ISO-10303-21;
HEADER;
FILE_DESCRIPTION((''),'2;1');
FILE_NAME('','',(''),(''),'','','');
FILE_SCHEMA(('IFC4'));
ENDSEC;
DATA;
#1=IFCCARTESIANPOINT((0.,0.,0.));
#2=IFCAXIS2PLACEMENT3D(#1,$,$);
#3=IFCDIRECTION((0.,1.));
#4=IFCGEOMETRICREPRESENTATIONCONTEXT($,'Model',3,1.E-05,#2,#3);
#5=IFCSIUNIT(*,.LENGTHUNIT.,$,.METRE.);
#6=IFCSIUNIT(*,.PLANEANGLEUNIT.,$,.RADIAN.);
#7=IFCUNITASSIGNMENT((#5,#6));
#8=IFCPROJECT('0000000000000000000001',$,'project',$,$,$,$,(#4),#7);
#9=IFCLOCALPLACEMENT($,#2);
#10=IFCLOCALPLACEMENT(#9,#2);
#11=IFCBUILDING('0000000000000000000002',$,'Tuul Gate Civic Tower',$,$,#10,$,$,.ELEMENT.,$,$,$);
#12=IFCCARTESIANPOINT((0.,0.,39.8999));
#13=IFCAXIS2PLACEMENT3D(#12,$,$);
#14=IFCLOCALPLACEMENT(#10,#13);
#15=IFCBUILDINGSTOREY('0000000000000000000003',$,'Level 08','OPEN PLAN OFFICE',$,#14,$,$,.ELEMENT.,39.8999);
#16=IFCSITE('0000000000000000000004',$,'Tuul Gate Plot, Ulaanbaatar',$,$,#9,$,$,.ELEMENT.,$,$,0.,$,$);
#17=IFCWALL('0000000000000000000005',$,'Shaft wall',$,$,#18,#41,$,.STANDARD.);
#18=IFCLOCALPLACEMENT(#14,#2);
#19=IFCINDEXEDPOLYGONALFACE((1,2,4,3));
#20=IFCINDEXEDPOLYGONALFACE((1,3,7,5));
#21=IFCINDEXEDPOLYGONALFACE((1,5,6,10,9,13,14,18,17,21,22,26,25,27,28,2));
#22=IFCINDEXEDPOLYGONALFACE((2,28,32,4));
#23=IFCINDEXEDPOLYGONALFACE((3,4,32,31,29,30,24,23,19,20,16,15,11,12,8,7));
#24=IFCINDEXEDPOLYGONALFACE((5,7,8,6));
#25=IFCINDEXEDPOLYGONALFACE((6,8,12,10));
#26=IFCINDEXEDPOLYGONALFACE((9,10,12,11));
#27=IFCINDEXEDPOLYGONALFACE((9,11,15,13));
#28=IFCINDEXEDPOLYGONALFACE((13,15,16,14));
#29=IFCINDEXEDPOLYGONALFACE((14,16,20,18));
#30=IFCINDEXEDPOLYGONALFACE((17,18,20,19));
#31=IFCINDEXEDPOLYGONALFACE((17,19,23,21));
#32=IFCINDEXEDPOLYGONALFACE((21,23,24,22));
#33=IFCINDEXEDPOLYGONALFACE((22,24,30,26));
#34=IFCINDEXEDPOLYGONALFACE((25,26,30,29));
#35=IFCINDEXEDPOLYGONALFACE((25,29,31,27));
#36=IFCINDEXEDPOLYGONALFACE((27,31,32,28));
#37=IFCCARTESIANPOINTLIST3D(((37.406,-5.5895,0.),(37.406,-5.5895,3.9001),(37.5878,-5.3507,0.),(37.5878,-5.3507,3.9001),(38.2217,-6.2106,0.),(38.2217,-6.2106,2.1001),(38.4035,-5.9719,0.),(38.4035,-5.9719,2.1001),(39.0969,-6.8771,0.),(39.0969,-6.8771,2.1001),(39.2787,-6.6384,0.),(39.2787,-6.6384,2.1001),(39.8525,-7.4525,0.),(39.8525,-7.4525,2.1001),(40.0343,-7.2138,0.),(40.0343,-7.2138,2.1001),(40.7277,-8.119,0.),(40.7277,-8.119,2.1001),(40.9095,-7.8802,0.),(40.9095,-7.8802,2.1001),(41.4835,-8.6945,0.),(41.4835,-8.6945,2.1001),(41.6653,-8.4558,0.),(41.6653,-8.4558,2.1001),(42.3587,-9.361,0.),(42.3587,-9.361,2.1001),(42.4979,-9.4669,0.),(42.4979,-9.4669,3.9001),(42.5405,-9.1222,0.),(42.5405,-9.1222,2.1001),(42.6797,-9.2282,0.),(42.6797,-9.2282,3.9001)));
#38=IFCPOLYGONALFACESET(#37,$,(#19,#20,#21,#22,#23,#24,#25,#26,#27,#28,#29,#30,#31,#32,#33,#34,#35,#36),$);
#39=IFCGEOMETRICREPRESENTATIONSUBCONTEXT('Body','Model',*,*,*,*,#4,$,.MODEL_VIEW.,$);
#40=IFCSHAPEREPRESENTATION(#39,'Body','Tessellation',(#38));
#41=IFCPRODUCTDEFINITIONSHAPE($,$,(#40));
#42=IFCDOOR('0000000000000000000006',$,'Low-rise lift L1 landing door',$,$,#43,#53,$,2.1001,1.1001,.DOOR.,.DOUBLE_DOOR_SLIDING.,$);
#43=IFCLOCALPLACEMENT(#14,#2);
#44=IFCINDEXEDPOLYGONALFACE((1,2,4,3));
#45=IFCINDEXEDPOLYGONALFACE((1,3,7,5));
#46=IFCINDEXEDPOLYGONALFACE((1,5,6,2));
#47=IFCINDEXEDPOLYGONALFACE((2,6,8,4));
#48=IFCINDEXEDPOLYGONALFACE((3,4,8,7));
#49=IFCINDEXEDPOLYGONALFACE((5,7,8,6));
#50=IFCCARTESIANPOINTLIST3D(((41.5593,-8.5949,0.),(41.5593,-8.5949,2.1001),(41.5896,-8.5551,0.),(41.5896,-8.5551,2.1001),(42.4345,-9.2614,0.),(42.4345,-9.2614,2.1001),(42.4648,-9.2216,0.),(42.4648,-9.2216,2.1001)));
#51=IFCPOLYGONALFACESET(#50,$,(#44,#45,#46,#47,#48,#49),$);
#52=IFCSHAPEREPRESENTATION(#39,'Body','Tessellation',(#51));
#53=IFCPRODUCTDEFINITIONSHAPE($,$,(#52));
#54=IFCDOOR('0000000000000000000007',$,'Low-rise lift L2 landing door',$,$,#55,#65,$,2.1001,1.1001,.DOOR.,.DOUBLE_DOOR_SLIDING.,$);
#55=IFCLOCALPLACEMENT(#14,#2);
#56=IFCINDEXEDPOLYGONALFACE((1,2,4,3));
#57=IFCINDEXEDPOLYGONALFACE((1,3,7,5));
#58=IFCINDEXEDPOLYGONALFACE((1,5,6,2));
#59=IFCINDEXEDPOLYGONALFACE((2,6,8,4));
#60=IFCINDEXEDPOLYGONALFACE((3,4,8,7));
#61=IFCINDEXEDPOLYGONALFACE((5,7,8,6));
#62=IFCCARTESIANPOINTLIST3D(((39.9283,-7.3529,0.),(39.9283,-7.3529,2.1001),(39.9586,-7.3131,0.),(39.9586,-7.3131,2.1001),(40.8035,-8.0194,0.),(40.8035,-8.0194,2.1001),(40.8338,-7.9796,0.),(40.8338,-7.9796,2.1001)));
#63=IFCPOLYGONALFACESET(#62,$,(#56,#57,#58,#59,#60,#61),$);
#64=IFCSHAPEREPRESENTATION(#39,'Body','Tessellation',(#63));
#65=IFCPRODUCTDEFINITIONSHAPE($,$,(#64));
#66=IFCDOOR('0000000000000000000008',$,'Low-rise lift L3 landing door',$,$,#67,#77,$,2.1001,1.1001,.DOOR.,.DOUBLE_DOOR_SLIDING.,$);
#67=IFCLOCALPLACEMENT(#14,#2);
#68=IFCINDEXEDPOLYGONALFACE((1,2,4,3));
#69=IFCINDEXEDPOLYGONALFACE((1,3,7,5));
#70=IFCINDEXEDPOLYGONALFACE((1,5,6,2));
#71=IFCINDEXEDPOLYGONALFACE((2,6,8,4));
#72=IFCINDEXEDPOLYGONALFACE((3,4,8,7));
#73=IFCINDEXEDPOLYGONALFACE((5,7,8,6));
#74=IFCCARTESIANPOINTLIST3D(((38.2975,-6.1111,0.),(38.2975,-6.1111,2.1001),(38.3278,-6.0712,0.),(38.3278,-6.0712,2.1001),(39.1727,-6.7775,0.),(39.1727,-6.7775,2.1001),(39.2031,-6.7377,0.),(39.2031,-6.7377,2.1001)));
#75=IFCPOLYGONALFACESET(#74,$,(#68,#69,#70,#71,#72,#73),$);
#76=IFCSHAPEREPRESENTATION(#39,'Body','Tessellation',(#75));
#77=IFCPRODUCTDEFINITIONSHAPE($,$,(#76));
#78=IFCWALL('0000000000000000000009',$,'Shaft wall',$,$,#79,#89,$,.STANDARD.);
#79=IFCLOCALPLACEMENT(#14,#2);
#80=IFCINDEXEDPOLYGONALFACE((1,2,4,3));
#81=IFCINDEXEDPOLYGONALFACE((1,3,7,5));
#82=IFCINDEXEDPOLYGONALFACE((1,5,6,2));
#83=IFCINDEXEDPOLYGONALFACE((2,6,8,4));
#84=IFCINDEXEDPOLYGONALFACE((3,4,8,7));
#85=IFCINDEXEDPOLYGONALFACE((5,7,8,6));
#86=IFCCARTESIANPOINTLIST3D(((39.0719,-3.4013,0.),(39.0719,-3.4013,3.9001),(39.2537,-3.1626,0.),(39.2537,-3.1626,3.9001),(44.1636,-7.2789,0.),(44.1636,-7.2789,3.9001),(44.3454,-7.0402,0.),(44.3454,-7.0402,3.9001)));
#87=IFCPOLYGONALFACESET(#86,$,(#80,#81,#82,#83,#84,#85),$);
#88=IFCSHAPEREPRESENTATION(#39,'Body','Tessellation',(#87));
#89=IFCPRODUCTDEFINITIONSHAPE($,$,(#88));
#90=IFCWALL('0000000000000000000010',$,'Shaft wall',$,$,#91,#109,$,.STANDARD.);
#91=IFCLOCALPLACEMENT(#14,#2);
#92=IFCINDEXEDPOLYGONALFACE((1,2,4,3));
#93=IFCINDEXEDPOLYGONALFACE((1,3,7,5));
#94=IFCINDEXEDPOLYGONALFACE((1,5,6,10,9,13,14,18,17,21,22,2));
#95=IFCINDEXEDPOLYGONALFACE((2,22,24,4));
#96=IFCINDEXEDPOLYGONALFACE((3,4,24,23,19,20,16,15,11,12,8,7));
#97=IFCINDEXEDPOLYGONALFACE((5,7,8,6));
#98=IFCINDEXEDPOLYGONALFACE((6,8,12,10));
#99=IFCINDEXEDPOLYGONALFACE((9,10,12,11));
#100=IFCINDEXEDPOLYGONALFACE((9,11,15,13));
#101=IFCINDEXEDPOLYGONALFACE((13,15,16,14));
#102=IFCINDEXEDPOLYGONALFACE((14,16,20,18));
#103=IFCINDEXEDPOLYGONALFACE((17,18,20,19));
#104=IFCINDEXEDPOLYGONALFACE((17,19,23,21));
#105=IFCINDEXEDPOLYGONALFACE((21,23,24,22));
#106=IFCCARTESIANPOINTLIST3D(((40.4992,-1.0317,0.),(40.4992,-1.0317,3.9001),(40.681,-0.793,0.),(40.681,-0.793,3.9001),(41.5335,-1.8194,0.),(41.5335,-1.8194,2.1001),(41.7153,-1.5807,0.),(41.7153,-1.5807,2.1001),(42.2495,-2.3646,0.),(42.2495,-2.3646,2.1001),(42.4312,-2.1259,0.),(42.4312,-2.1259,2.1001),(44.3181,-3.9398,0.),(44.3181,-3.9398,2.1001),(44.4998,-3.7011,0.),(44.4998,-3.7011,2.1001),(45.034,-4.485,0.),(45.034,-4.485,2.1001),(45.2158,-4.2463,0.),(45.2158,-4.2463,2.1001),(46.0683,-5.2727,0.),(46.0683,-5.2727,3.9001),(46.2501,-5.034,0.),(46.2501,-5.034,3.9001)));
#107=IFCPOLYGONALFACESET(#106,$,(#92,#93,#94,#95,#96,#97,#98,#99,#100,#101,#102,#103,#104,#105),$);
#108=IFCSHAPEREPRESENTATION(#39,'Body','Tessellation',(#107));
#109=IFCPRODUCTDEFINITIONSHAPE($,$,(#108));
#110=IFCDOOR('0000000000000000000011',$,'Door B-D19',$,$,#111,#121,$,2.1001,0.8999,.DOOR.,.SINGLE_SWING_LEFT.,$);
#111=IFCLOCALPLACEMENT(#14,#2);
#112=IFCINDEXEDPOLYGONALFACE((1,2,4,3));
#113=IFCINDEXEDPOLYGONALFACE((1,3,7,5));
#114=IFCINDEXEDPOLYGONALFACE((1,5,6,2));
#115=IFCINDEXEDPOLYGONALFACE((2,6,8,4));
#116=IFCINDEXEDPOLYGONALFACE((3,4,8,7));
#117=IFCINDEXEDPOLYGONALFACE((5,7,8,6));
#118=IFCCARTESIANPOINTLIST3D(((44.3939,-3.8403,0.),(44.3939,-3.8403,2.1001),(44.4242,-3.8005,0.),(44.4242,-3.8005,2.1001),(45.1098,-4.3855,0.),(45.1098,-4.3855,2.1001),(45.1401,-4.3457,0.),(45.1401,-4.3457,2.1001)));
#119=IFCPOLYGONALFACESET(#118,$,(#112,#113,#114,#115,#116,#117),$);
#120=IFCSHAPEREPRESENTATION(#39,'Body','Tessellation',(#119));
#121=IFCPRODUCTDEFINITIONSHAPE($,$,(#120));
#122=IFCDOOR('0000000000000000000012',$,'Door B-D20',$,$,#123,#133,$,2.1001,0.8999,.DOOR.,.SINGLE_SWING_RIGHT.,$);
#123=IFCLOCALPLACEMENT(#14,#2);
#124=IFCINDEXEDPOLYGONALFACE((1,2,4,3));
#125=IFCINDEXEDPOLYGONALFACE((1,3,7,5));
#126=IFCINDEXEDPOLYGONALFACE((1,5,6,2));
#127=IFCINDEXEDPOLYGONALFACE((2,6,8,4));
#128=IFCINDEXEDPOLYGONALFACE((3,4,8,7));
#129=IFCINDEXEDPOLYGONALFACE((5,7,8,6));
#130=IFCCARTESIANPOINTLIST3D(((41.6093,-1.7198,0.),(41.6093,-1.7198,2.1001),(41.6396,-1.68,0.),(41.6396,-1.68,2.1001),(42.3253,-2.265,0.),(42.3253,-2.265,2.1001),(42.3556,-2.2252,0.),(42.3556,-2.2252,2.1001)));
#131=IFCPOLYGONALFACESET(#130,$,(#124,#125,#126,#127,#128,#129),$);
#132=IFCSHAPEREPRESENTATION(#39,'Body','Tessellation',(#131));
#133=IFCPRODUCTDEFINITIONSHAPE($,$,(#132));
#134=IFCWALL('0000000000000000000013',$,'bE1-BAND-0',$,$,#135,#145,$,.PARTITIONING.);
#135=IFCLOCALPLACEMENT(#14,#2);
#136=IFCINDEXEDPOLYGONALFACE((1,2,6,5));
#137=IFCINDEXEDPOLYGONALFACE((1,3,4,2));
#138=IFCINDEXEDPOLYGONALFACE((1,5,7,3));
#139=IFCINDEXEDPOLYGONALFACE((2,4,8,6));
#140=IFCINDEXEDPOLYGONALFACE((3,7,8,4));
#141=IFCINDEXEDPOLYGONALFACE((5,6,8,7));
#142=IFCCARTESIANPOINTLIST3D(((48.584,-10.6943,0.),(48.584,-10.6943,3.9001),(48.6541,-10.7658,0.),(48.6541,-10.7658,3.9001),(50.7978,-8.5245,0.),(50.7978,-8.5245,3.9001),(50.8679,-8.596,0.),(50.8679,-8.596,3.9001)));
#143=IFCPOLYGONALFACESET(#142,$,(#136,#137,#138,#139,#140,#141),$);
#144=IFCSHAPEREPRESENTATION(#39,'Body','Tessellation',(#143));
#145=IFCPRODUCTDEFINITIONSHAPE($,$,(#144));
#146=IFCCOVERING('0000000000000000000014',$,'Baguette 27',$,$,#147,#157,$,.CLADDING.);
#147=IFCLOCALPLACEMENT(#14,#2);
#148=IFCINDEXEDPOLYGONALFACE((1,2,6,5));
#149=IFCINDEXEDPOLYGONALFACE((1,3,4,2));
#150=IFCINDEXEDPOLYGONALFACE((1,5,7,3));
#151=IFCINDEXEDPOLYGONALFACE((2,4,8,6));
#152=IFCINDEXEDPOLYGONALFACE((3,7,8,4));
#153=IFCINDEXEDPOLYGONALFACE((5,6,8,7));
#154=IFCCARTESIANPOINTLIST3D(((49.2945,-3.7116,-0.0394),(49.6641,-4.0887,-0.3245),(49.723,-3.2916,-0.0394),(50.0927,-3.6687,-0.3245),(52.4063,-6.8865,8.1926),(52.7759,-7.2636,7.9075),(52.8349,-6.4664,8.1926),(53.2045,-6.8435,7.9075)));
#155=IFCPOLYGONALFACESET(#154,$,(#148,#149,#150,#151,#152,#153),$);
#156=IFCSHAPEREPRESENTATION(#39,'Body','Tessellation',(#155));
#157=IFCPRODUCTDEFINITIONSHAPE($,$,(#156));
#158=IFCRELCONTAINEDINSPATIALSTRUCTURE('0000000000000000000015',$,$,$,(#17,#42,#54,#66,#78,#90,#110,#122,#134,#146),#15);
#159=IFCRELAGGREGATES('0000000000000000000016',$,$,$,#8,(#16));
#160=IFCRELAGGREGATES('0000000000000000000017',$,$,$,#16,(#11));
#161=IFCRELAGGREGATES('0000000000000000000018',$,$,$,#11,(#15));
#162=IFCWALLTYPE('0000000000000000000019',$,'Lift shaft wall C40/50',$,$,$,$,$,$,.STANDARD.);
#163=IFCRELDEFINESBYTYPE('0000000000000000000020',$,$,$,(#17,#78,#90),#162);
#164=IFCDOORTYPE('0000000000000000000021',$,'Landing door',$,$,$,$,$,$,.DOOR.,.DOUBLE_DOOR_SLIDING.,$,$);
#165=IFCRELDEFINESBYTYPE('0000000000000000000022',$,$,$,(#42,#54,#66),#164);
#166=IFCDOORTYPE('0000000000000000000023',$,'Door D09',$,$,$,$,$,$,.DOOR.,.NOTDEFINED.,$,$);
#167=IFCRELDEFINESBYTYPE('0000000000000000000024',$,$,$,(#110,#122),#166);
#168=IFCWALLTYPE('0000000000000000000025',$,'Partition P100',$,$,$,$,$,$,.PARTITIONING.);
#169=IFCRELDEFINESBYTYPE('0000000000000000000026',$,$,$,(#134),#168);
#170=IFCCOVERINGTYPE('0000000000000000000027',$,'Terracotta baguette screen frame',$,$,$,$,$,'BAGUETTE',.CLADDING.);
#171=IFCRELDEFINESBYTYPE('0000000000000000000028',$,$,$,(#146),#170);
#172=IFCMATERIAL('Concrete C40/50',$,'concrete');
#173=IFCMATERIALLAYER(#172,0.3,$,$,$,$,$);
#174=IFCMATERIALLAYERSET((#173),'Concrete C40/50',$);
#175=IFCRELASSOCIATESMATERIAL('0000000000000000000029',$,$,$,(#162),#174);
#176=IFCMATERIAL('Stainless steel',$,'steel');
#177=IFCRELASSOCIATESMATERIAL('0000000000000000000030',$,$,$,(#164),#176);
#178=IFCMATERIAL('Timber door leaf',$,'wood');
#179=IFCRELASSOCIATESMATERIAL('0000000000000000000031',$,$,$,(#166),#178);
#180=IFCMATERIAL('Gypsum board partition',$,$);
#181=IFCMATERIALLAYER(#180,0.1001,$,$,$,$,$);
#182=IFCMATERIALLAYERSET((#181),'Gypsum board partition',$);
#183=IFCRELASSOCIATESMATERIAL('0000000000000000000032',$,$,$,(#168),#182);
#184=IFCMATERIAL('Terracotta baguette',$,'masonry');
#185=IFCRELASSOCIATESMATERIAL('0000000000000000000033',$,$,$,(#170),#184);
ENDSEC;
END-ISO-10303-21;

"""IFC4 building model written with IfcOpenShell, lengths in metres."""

from ifc_helpers import new_model, si_unit, direction, frame, frame_2d, origin, origin_2d, place, context, subcontext, project, spatial, rectangle, extrude, material, layer, layer_set, material_profile, profile_set, type_object, element, fill, save


model = new_model("IFC4")

# Units and contexts
model_context = context("Model", 3, precision=1e-05, world=origin(), true_north=direction((0.0, 1.0)))
body_context = subcontext(model_context, "Body", "Model", "MODEL_VIEW")
ifc_project = project(units=[si_unit("LENGTHUNIT", "METRE"), si_unit("PLANEANGLEUNIT", "RADIAN")], contexts=[model_context])

# Site, building, storey
site_placement = place(None, origin())
site = spatial("IfcSite", under=ifc_project, at=site_placement, Name="Tuul Gate Plot, Ulaanbaatar", CompositionType="ELEMENT", RefElevation=0.0)
building_placement = place(site_placement, origin())
building = spatial("IfcBuilding", under=site, at=building_placement, Name="Tuul Gate Civic Tower", CompositionType="ELEMENT")
storey_placement = place(building_placement, frame((0.0, 0.0, 39.8999)))
storey = spatial("IfcBuildingStorey", under=building, at=storey_placement, Name="Level 08", Description="OPEN PLAN OFFICE", CompositionType="ELEMENT", Elevation=39.8999)

# Wall, openings, doors
ifc_material_1 = material(Name="Concrete C40/50", Category="concrete")
ifc_layer_1 = layer(ifc_material_1, 0.3)
ifc_layer_set_1 = layer_set([ifc_layer_1], Name="Concrete C40/50")
wall_type_1 = type_object("IfcWallType", Name="Lift shaft wall C40/50", PredefinedType="STANDARD", material=ifc_layer_set_1)
wall_1_placement = place(storey_placement, frame((42.5889, -9.3477, 0.0), z_axis=(0.0, 0.0, 1.0), x_axis=(-0.795584, 0.605843, 0.0)))
wall_1 = element("IfcWall", 1, at=wall_1_placement, inside=storey, type_object=wall_type_1, Name="Shaft wall", PredefinedType="STANDARD", context=body_context, shape_type="SweptSolid", body=[
    extrude(rectangle(XDim=6.4001, YDim=0.3, at=frame_2d((3.2002, 0.0))), origin(), (0.0, 0.0, 1.0), 3.9001),
])
opening_1_placement = place(wall_1_placement, frame((0.175, 0.0, 0.0)))
opening_1 = element("IfcOpeningElement", 2, at=opening_1_placement, cuts=wall_1, PredefinedType="OPENING", context=body_context, shape_type="SweptSolid", body=[
    extrude(rectangle(XDim=1.1001, YDim=2.1001, at=frame_2d((0.55, 1.05))), frame((0.0, 0.1602, 0.0), z_axis=(0.0, -1.0, 0.0), x_axis=(1.0, 0.0, 0.0)), (0.0, 0.0, 1.0), 0.3201),
])
opening_2_placement = place(wall_1_placement, frame((2.2251, 0.0, 0.0)))
opening_2 = element("IfcOpeningElement", 3, at=opening_2_placement, cuts=wall_1, PredefinedType="OPENING", context=body_context, shape_type="SweptSolid", body=[
    extrude(rectangle(XDim=1.1001, YDim=2.1001, at=frame_2d((0.55, 1.05))), frame((0.0, 0.1602, 0.0), z_axis=(0.0, -1.0, 0.0), x_axis=(1.0, 0.0, 0.0)), (0.0, 0.0, 1.0), 0.3201),
])
opening_3_placement = place(wall_1_placement, frame((4.2749, 0.0, 0.0)))
opening_3 = element("IfcOpeningElement", 4, at=opening_3_placement, cuts=wall_1, PredefinedType="OPENING", context=body_context, shape_type="SweptSolid", body=[
    extrude(rectangle(XDim=1.1001, YDim=2.1001, at=frame_2d((0.55, 1.05))), frame((0.0, 0.1602, 0.0), z_axis=(0.0, -1.0, 0.0), x_axis=(1.0, 0.0, 0.0)), (0.0, 0.0, 1.0), 0.3201),
])
ifc_material_2 = material(Name="Stainless steel", Category="steel")
door_type_1 = type_object("IfcDoorType", Name="Landing door", OperationType="DOUBLE_DOOR_SLIDING", PredefinedType="DOOR", material=ifc_material_2)
door_1_placement = place(opening_1_placement, origin())
door_1 = element("IfcDoor", 5, at=door_1_placement, inside=storey, type_object=door_type_1, Name="Low-rise lift L1 landing door", OperationType="DOUBLE_DOOR_SLIDING", OverallHeight=2.1001, OverallWidth=1.1001, PredefinedType="DOOR", context=body_context, shape_type="SweptSolid", body=[
    extrude(rectangle(XDim=1.1001, YDim=2.1001, at=frame_2d((0.55, 1.05))), frame((0.0, 0.0249, 0.0), z_axis=(0.0, -1.0, 0.0), x_axis=(1.0, 0.0, 0.0)), (0.0, 0.0, 1.0), 0.05),
])
fill(opening_1, door_1)
door_2_placement = place(opening_2_placement, origin())
door_2 = element("IfcDoor", 6, at=door_2_placement, inside=storey, type_object=door_type_1, Name="Low-rise lift L2 landing door", OperationType="DOUBLE_DOOR_SLIDING", OverallHeight=2.1001, OverallWidth=1.1001, PredefinedType="DOOR", context=body_context, shape_type="SweptSolid", body=[
    extrude(rectangle(XDim=1.1001, YDim=2.1001, at=frame_2d((0.55, 1.05))), frame((0.0, 0.0249, 0.0), z_axis=(0.0, -1.0, 0.0), x_axis=(1.0, 0.0, 0.0)), (0.0, 0.0, 1.0), 0.05),
])
fill(opening_2, door_2)
door_3_placement = place(opening_3_placement, origin())
door_3 = element("IfcDoor", 7, at=door_3_placement, inside=storey, type_object=door_type_1, Name="Low-rise lift L3 landing door", OperationType="DOUBLE_DOOR_SLIDING", OverallHeight=2.1001, OverallWidth=1.1001, PredefinedType="DOOR", context=body_context, shape_type="SweptSolid", body=[
    extrude(rectangle(XDim=1.1001, YDim=2.1001, at=frame_2d((0.55, 1.05))), frame((0.0, 0.0249, 0.0), z_axis=(0.0, -1.0, 0.0), x_axis=(1.0, 0.0, 0.0)), (0.0, 0.0, 1.0), 0.05),
])
fill(opening_3, door_3)

# Wall
wall_2_placement = place(storey_placement, frame((44.2546, -7.1597, 0.0), z_axis=(0.0, 0.0, 1.0), x_axis=(-0.795566, 0.605867, 0.0)))
element("IfcWall", 8, at=wall_2_placement, inside=storey, type_object=wall_type_1, Name="Shaft wall", PredefinedType="STANDARD", context=body_context, shape_type="SweptSolid", body=[
    extrude(rectangle(XDim=6.4001, YDim=0.3, at=frame_2d((3.2002, 0.0))), origin(), (0.0, 0.0, 1.0), 3.9001),
])

# Wall, openings, doors
wall_3_placement = place(storey_placement, frame((46.1592, -5.1533, 0.0), z_axis=(0.0, 0.0, 1.0), x_axis=(-0.79558, 0.605849, 0.0)))
wall_3 = element("IfcWall", 9, at=wall_3_placement, inside=storey, type_object=wall_type_1, Name="Shaft wall", PredefinedType="STANDARD", context=body_context, shape_type="SweptSolid", body=[
    extrude(rectangle(XDim=7.0, YDim=0.3, at=frame_2d((3.5, 0.0))), origin(), (0.0, 0.0, 1.0), 3.9001),
])
opening_4_placement = place(wall_3_placement, frame((1.3, 0.0, 0.0)))
opening_4 = element("IfcOpeningElement", 10, at=opening_4_placement, cuts=wall_3, PredefinedType="OPENING", context=body_context, shape_type="SweptSolid", body=[
    extrude(rectangle(XDim=0.8999, YDim=2.1001, at=frame_2d((0.45, 1.05))), frame((0.0, 0.1602, 0.0), z_axis=(0.0, -1.0, 0.0), x_axis=(1.0, 0.0, 0.0)), (0.0, 0.0, 1.0), 0.3201),
])
opening_5_placement = place(wall_3_placement, frame((4.8, 0.0, 0.0)))
opening_5 = element("IfcOpeningElement", 11, at=opening_5_placement, cuts=wall_3, PredefinedType="OPENING", context=body_context, shape_type="SweptSolid", body=[
    extrude(rectangle(XDim=0.8999, YDim=2.1001, at=frame_2d((0.45, 1.05))), frame((0.0, 0.1602, 0.0), z_axis=(0.0, -1.0, 0.0), x_axis=(1.0, 0.0, 0.0)), (0.0, 0.0, 1.0), 0.3201),
])
ifc_material_3 = material(Name="Timber door leaf", Category="wood")
door_type_2 = type_object("IfcDoorType", Name="Door D09", OperationType="NOTDEFINED", PredefinedType="DOOR", material=ifc_material_3)
door_4_placement = place(opening_4_placement, origin())
door_4 = element("IfcDoor", 12, at=door_4_placement, inside=storey, type_object=door_type_2, Name="Door B-D19", OperationType="SINGLE_SWING_LEFT", OverallHeight=2.1001, OverallWidth=0.8999, PredefinedType="DOOR", context=body_context, shape_type="SweptSolid", body=[
    extrude(rectangle(XDim=0.8999, YDim=2.1001, at=frame_2d((0.45, 1.05))), frame((0.0, 0.0249, 0.0), z_axis=(0.0, -1.0, 0.0), x_axis=(1.0, 0.0, 0.0)), (0.0, 0.0, 1.0), 0.05),
])
fill(opening_4, door_4)
door_5_placement = place(opening_5_placement, origin())
door_5 = element("IfcDoor", 13, at=door_5_placement, inside=storey, type_object=door_type_2, Name="Door B-D20", OperationType="SINGLE_SWING_RIGHT", OverallHeight=2.1001, OverallWidth=0.8999, PredefinedType="DOOR", context=body_context, shape_type="SweptSolid", body=[
    extrude(rectangle(XDim=0.8999, YDim=2.1001, at=frame_2d((0.45, 1.05))), frame((0.0, 0.0249, 0.0), z_axis=(0.0, -1.0, 0.0), x_axis=(1.0, 0.0, 0.0)), (0.0, 0.0, 1.0), 0.05),
])
fill(opening_5, door_5)

# Wall
ifc_material_4 = material(Name="Gypsum board partition")
ifc_layer_2 = layer(ifc_material_4, 0.1001)
ifc_layer_set_2 = layer_set([ifc_layer_2], Name="Gypsum board partition")
wall_type_2 = type_object("IfcWallType", Name="Partition P100", PredefinedType="PARTITIONING", material=ifc_layer_set_2)
wall_4_placement = place(storey_placement, frame((48.6191, -10.73, 0.0), z_axis=(0.0, 0.0, 1.0), x_axis=(0.714159, 0.699983, 0.0)))
element("IfcWall", 14, at=wall_4_placement, inside=storey, type_object=wall_type_2, Name="bE1-BAND-0", PredefinedType="PARTITIONING", context=body_context, shape_type="SweptSolid", body=[
    extrude(rectangle(XDim=3.0999, YDim=0.1001, at=frame_2d((1.5498, 0.0))), origin(), (0.0, 0.0, 1.0), 3.9001),
])

# Covering
ifc_material_5 = material(Name="Terracotta baguette", Category="masonry")
ifc_material_profile_1 = material_profile(ifc_material_5, rectangle(XDim=0.6001, YDim=0.6001, at=origin_2d()), Name="Terracotta baguette screen frame")
ifc_profile_set_1 = profile_set([ifc_material_profile_1], Name="Terracotta baguette")
covering_type = type_object("IfcCoveringType", Name="Terracotta baguette screen frame", ElementType="BAGUETTE", PredefinedType="CLADDING", material=ifc_profile_set_1)
covering_1_placement = place(storey_placement, frame((52.8054, -6.865, 8.05), z_axis=(-0.332615, 0.339348, -0.879892), x_axis=(-0.714156, -0.699987, 0.0)))
element("IfcCovering", 15, at=covering_1_placement, inside=storey, type_object=covering_type, Name="Baguette 27", PredefinedType="CLADDING", context=body_context, shape_type="SweptSolid", body=[
    extrude(rectangle(XDim=0.6001, YDim=0.6001, at=origin_2d()), origin(), (0.0, 0.0, 1.0), 9.3557),
])

save(model, "model.ifc")
